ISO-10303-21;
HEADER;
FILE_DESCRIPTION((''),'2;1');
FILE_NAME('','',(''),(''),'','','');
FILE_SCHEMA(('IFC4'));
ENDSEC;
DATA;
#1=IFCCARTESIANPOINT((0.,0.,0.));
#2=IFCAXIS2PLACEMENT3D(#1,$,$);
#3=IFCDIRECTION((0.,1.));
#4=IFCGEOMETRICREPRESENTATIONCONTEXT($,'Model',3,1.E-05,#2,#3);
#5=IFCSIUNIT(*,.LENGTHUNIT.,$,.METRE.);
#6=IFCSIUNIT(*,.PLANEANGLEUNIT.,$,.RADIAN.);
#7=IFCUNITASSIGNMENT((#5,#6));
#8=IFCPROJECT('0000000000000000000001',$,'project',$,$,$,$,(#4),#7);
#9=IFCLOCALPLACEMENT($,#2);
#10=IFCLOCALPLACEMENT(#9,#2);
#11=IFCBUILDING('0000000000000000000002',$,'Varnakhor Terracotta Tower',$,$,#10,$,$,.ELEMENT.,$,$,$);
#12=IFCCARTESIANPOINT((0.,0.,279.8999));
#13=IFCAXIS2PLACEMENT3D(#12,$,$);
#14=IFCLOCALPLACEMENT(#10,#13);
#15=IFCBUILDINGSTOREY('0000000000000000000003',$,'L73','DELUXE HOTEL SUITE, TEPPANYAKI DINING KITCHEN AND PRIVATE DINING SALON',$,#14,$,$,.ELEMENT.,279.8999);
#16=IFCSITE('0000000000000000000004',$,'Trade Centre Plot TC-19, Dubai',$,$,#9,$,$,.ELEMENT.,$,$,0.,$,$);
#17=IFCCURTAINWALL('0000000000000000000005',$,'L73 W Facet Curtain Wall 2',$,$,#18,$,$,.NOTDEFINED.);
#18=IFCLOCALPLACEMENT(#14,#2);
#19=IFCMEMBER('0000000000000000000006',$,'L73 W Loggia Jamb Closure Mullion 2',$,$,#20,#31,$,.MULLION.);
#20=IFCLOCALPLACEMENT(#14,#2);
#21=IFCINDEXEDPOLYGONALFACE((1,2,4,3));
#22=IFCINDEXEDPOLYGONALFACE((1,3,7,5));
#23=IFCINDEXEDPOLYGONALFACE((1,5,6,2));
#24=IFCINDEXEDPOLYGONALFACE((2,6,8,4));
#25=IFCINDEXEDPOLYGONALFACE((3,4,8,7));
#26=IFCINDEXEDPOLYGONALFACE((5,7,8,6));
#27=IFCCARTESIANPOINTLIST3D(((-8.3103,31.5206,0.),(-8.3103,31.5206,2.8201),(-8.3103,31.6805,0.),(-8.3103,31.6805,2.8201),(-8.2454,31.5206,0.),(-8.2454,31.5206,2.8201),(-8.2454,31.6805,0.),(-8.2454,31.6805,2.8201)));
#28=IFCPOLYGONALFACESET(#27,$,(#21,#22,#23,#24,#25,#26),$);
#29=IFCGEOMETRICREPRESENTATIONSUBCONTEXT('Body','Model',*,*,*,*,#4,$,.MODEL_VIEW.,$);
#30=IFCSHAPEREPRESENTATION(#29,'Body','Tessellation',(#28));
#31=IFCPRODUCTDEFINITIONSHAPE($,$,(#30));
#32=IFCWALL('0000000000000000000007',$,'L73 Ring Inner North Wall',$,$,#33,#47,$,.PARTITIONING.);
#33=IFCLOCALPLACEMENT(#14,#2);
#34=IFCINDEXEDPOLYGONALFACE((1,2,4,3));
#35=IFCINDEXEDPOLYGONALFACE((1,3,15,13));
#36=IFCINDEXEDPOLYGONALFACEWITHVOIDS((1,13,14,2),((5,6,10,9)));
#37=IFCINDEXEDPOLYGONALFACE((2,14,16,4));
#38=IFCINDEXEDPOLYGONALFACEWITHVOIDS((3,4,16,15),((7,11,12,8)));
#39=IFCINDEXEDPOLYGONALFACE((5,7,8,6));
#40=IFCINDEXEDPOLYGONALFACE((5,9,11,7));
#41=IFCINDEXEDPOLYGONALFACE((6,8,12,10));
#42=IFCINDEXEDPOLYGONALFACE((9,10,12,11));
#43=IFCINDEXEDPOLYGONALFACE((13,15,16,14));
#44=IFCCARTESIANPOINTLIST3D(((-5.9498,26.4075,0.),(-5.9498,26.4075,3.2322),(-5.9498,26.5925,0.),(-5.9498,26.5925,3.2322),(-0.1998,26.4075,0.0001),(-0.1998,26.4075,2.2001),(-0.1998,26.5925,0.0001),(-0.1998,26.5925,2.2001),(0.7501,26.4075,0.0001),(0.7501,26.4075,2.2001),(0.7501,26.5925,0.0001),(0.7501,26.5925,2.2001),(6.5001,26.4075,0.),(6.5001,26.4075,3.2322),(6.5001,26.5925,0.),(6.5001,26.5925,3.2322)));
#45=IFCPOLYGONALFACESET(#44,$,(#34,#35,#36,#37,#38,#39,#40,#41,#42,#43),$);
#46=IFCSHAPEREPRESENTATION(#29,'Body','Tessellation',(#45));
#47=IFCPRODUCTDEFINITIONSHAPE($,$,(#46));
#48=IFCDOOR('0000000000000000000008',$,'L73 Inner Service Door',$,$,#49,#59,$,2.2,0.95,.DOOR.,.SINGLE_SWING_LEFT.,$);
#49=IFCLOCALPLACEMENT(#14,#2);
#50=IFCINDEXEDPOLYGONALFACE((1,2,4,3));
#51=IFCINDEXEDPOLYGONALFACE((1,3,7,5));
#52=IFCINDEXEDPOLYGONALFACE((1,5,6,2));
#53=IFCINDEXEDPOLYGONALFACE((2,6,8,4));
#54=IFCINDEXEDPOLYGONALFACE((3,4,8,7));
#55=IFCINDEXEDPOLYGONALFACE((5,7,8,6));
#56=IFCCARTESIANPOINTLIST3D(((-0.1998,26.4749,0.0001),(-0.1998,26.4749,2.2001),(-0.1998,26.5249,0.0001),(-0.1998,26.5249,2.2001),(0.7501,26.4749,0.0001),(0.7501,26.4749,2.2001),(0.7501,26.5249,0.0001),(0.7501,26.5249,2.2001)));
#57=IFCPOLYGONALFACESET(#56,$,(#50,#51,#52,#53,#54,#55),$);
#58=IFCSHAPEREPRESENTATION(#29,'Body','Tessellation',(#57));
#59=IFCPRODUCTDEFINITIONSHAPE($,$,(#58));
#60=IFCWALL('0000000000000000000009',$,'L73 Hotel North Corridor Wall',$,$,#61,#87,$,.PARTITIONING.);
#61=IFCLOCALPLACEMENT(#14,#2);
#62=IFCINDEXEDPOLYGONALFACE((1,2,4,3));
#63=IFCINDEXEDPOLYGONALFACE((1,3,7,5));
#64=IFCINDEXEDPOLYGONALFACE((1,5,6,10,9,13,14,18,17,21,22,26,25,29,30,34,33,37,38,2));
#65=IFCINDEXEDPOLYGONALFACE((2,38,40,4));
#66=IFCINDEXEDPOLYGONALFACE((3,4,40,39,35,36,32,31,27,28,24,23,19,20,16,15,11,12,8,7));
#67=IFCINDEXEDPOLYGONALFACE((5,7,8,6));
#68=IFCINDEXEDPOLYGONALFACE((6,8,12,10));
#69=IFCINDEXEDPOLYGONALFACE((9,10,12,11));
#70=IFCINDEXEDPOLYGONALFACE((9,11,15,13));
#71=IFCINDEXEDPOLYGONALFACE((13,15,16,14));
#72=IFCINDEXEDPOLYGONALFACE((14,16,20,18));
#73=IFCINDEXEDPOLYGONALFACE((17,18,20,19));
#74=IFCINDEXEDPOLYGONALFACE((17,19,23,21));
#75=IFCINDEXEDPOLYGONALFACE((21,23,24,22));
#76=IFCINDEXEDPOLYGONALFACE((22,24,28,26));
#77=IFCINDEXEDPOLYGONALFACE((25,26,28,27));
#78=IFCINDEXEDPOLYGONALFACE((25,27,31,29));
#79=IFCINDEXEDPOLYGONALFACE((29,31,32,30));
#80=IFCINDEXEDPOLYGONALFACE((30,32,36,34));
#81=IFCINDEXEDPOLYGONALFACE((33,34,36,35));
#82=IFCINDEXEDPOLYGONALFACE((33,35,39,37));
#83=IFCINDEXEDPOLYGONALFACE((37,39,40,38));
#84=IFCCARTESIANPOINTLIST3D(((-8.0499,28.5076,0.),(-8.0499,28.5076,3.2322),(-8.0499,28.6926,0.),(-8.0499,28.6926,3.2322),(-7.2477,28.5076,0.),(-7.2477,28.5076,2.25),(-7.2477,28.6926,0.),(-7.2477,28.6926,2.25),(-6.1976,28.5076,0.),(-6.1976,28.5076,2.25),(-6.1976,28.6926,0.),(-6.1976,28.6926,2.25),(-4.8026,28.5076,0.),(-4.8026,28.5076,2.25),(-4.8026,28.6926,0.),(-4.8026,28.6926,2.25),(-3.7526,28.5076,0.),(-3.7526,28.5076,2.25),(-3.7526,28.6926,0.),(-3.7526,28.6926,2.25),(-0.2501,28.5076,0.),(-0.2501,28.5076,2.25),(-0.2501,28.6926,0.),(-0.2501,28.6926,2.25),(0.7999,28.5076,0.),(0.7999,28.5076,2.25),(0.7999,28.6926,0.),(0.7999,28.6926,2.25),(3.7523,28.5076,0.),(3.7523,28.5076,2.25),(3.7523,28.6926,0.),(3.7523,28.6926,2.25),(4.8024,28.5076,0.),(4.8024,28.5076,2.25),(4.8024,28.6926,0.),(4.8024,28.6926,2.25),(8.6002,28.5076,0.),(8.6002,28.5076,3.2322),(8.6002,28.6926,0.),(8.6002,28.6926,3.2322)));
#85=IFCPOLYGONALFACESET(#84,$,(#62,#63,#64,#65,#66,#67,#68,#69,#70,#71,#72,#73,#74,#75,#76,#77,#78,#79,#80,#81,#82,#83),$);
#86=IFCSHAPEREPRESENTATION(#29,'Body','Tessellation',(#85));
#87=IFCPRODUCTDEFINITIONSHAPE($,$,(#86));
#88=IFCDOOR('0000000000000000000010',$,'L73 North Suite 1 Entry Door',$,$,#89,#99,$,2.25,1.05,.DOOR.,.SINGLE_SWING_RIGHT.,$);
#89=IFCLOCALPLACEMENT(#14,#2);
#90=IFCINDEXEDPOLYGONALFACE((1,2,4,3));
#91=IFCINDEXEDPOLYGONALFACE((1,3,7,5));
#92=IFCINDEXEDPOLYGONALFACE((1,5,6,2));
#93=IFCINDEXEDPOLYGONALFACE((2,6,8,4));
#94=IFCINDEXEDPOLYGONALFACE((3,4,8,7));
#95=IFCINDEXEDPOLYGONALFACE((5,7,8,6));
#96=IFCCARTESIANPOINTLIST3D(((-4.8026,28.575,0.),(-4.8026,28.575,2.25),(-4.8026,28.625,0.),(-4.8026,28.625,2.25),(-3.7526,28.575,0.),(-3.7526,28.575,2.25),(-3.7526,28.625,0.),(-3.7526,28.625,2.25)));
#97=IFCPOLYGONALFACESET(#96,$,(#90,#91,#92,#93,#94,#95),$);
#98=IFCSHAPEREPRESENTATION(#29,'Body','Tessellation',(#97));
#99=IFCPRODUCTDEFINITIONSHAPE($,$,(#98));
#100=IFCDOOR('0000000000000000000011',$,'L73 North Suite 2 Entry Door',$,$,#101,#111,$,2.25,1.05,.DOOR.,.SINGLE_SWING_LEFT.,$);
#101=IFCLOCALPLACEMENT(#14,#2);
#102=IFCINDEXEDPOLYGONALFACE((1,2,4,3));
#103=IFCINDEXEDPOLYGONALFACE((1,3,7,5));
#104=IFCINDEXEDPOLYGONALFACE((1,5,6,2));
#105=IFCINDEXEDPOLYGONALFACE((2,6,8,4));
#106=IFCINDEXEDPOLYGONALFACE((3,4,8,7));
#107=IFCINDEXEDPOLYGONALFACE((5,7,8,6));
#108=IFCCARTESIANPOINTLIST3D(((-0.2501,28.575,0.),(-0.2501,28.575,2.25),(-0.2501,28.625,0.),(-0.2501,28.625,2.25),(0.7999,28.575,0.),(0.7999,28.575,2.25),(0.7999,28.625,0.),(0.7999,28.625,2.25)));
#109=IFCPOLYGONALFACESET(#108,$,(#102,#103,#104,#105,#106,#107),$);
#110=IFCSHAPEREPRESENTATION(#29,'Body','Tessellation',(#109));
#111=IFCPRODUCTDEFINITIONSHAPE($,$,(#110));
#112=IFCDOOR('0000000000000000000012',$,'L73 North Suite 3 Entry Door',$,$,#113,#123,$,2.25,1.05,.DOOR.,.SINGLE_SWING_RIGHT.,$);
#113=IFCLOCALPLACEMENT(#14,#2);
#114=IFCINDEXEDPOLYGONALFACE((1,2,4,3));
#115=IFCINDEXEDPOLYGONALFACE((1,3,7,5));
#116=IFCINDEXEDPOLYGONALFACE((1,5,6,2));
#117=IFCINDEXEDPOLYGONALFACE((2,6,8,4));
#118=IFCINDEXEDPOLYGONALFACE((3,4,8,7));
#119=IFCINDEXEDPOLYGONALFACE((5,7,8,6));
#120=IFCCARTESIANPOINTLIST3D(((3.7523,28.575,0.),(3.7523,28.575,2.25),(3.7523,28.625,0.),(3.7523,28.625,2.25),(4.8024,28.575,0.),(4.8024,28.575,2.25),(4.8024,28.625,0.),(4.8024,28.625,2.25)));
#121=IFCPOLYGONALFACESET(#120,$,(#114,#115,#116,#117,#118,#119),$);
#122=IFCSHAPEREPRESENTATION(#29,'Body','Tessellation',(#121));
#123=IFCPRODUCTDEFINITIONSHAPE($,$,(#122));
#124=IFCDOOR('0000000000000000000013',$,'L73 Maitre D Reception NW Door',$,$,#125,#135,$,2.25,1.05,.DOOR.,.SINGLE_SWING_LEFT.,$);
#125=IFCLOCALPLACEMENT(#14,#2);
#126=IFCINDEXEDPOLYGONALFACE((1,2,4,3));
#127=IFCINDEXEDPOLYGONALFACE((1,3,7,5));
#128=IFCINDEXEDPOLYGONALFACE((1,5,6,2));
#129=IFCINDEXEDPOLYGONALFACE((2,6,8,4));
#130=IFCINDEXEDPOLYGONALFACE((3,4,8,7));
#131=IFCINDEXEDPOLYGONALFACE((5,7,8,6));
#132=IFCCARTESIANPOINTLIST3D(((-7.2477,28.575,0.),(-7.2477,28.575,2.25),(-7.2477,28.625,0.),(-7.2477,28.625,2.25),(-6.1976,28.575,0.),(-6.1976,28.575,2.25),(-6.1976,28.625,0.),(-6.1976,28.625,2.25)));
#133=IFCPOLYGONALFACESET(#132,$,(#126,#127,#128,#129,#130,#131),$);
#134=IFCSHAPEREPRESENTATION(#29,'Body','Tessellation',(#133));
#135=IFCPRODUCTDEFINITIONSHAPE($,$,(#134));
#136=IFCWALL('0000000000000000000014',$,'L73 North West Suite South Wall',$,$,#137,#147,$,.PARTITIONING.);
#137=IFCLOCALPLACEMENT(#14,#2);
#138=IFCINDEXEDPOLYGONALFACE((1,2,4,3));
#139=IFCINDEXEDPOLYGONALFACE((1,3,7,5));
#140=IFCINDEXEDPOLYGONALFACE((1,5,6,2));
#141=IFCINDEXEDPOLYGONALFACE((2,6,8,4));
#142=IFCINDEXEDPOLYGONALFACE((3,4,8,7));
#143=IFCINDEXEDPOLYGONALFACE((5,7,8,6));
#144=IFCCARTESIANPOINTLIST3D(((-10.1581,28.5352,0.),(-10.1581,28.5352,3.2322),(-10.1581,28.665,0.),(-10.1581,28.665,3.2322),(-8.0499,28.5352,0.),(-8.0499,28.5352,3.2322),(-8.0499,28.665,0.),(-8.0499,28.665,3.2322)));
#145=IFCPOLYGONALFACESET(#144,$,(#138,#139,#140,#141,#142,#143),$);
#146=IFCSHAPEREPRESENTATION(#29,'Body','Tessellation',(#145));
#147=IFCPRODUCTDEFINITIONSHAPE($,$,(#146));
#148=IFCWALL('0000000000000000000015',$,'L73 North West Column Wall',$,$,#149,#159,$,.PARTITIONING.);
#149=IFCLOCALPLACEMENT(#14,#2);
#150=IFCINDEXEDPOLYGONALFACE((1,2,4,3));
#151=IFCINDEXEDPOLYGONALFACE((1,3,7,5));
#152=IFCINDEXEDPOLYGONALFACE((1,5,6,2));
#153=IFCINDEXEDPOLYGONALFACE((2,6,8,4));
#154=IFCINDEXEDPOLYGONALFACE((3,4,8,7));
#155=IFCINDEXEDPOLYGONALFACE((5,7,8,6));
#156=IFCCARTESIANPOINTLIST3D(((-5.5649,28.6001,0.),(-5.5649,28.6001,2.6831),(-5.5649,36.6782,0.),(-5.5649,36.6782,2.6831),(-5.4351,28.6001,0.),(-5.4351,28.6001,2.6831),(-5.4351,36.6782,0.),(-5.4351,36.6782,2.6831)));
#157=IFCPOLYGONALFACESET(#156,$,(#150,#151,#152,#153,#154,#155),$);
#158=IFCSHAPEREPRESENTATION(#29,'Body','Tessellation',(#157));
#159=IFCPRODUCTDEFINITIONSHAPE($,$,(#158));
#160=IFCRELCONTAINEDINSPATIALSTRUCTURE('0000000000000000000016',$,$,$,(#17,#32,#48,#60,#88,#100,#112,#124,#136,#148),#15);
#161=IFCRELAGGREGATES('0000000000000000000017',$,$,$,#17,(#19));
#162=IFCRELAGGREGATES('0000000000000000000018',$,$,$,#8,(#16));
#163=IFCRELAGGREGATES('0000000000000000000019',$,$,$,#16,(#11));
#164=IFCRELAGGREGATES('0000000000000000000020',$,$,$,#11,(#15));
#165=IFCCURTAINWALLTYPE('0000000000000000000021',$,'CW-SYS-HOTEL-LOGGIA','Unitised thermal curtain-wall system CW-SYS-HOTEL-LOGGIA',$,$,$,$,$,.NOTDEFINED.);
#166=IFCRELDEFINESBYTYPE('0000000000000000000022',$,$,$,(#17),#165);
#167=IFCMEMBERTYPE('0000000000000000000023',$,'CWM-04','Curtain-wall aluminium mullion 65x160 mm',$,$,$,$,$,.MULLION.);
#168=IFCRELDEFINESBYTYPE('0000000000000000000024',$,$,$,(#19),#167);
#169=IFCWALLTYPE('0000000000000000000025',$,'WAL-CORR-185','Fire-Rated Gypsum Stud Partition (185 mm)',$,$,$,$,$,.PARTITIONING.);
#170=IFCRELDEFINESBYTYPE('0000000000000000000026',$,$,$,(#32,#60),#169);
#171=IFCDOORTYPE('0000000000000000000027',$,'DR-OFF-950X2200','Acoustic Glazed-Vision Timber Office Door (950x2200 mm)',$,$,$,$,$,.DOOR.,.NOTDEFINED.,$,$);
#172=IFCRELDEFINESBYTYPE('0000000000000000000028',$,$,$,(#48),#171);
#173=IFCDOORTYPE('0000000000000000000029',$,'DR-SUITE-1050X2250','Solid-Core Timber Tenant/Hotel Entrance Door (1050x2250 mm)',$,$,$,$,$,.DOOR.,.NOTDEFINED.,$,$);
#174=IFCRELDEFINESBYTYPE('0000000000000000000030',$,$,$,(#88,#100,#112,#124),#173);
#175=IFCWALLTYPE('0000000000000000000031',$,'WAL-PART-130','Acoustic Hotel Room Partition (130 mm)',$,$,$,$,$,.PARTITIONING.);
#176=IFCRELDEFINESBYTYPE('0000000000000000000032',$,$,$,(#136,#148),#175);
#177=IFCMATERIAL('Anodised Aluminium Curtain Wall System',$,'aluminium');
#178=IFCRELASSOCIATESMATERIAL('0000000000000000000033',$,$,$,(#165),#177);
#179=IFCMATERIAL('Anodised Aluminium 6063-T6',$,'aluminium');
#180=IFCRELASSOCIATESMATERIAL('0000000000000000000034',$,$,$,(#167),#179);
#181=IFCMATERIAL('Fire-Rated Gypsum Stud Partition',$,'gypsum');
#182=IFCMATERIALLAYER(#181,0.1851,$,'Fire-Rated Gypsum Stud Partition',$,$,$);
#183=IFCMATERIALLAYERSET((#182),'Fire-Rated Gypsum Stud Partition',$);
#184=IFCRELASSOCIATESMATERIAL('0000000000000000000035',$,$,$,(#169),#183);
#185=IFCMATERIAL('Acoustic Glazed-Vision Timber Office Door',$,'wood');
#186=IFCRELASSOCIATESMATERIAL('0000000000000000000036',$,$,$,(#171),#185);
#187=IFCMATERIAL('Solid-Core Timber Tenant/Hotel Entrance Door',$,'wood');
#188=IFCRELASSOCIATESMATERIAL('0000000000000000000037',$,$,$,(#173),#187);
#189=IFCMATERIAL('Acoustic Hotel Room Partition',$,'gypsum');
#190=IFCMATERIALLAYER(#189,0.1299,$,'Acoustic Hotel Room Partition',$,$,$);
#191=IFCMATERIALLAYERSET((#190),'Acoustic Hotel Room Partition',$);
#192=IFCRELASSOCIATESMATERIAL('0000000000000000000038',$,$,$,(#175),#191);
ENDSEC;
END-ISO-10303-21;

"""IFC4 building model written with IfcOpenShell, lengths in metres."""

from ifc_helpers import new_model, si_unit, direction, frame, frame_2d, origin, origin_2d, place, context, subcontext, project, spatial, rectangle, extrude, source, transform, mapped, material, layer, layer_set, material_profile, profile_set, type_object, type_shapes, element, fill, aggregate, save


model = new_model("IFC4")

# Units and contexts
model_context = context("Model", 3, precision=1e-05, world=origin(), true_north=direction((0.0, 1.0)))
body_context = subcontext(model_context, "Body", "Model", "MODEL_VIEW")
ifc_project = project(units=[si_unit("LENGTHUNIT", "METRE"), si_unit("PLANEANGLEUNIT", "RADIAN")], contexts=[model_context])

# Site, building, storey
site_placement = place(None, origin())
site = spatial("IfcSite", under=ifc_project, at=site_placement, Name="Trade Centre Plot TC-19, Dubai", CompositionType="ELEMENT", RefElevation=0.0)
building_placement = place(site_placement, origin())
building = spatial("IfcBuilding", under=site, at=building_placement, Name="Varnakhor Terracotta Tower", CompositionType="ELEMENT")
storey_placement = place(building_placement, frame((0.0, 0.0, 279.8999)))
storey = spatial("IfcBuildingStorey", under=building, at=storey_placement, Name="L73", Description="DELUXE HOTEL SUITE, TEPPANYAKI DINING KITCHEN AND PRIVATE DINING SALON", CompositionType="ELEMENT", Elevation=279.8999)

# Curtain wall, member
ifc_material_1 = material(Name="Anodised Aluminium Curtain Wall System", Category="aluminium")
curtain_wall_type = type_object("IfcCurtainWallType", Name="CW-SYS-HOTEL-LOGGIA", Description="Unitised thermal curtain-wall system CW-SYS-HOTEL-LOGGIA", PredefinedType="NOTDEFINED", material=ifc_material_1)
curtain_wall_placement = place(storey_placement, origin())
curtain_wall = element("IfcCurtainWall", 1, at=curtain_wall_placement, inside=storey, type_object=curtain_wall_type, Name="L73 W Facet Curtain Wall 2", PredefinedType="NOTDEFINED")
ifc_material_2 = material(Name="Anodised Aluminium 6063-T6", Category="aluminium")
ifc_material_profile_1 = material_profile(ifc_material_2, rectangle(XDim=0.0649, YDim=0.1599, at=origin_2d()), Name="ALU MULLION 65x160")
ifc_profile_set_1 = profile_set([ifc_material_profile_1], Name="Anodised Aluminium 6063-T6")
member_type = type_object("IfcMemberType", Name="CWM-04", Description="Curtain-wall aluminium mullion 65x160 mm", PredefinedType="MULLION", material=ifc_profile_set_1)
shared_shape_1 = source(origin(), body_context, "Body", "SweptSolid", [
    extrude(rectangle(XDim=0.0649, YDim=0.1599, at=origin_2d()), origin(), (0.0, 0.0, 1.0), 2.8201),
])
type_shapes(member_type, [shared_shape_1])
member_placement = place(storey_placement, frame((-8.2778, 31.6006, 0.0), z_axis=(0.0, 0.0, 1.0), x_axis=(1.0, 0.0, 0.0)))
member = element("IfcMember", 2, at=member_placement, type_object=member_type, Name="L73 W Loggia Jamb Closure Mullion 2", PredefinedType="MULLION", context=body_context, shape_type="MappedRepresentation", body=[
    mapped(shared_shape_1, transform((0.0, 0.0, 0.0), scale=1.0)),
])
aggregate(curtain_wall, [member])

# Wall, opening, door
ifc_material_3 = material(Name="Fire-Rated Gypsum Stud Partition", Category="gypsum")
ifc_layer_1 = layer(ifc_material_3, 0.1851, Name="Fire-Rated Gypsum Stud Partition")
ifc_layer_set_1 = layer_set([ifc_layer_1], Name="Fire-Rated Gypsum Stud Partition")
wall_type_1 = type_object("IfcWallType", Name="WAL-CORR-185", Description="Fire-Rated Gypsum Stud Partition (185 mm)", PredefinedType="PARTITIONING", material=ifc_layer_set_1)
wall_1_placement = place(storey_placement, frame((-5.95, 26.5, 0.0), z_axis=(0.0, 0.0, 1.0), x_axis=(1.0, 0.0, 0.0)))
wall_1 = element("IfcWall", 3, at=wall_1_placement, inside=storey, type_object=wall_type_1, Name="L73 Ring Inner North Wall", PredefinedType="PARTITIONING", context=body_context, shape_type="SweptSolid", body=[
    extrude(rectangle(XDim=12.45, YDim=0.1851, at=frame_2d((6.2251, 0.0))), origin(), (0.0, 0.0, 1.0), 3.2322),
])
opening_1_placement = place(wall_1_placement, frame((5.75, 0.0, 0.0)))
opening_1 = element("IfcOpeningElement", 4, at=opening_1_placement, cuts=wall_1, PredefinedType="OPENING", context=body_context, shape_type="SweptSolid", body=[
    extrude(rectangle(XDim=0.95, YDim=2.2, at=frame_2d((0.4751, 1.1001))), frame((0.0, 0.1025, 0.0), z_axis=(0.0, -1.0, 0.0), x_axis=(1.0, 0.0, 0.0)), (0.0, 0.0, 1.0), 0.2051),
])
ifc_material_4 = material(Name="Acoustic Glazed-Vision Timber Office Door", Category="wood")
door_type_1 = type_object("IfcDoorType", Name="DR-OFF-950X2200", Description="Acoustic Glazed-Vision Timber Office Door (950x2200 mm)", OperationType="NOTDEFINED", PredefinedType="DOOR", material=ifc_material_4)
shared_shape_2 = source(origin(), body_context, "Body", "SweptSolid", [
    extrude(rectangle(XDim=0.95, YDim=2.2, at=frame_2d((0.4751, 1.1001))), frame((0.0, 0.0249, 0.0), z_axis=(0.0, -1.0, 0.0), x_axis=(1.0, 0.0, 0.0)), (0.0, 0.0, 1.0), 0.05),
])
type_shapes(door_type_1, [shared_shape_2])
door_1_placement = place(opening_1_placement, origin())
door_1 = element("IfcDoor", 5, at=door_1_placement, inside=storey, type_object=door_type_1, Name="L73 Inner Service Door", OperationType="SINGLE_SWING_LEFT", OverallHeight=2.2, OverallWidth=0.95, PredefinedType="DOOR", context=body_context, shape_type="MappedRepresentation", body=[
    mapped(shared_shape_2, transform((0.0, 0.0, 0.0), scale=1.0)),
])
fill(opening_1, door_1)

# Wall, openings, doors
wall_2_placement = place(storey_placement, frame((-8.05, 28.6001, 0.0), z_axis=(0.0, 0.0, 1.0), x_axis=(1.0, 0.0, 0.0)))
wall_2 = element("IfcWall", 6, at=wall_2_placement, inside=storey, type_object=wall_type_1, Name="L73 Hotel North Corridor Wall", PredefinedType="PARTITIONING", context=body_context, shape_type="SweptSolid", body=[
    extrude(rectangle(XDim=16.6501, YDim=0.1851, at=frame_2d((8.3252, 0.0))), origin(), (0.0, 0.0, 1.0), 3.2322),
])
opening_2_placement = place(wall_2_placement, frame((3.2476, 0.0, 0.0)))
opening_2 = element("IfcOpeningElement", 7, at=opening_2_placement, cuts=wall_2, PredefinedType="OPENING", context=body_context, shape_type="SweptSolid", body=[
    extrude(rectangle(XDim=1.05, YDim=2.25, at=frame_2d((0.5249, 1.125))), frame((0.0, 0.1025, 0.0), z_axis=(0.0, -1.0, 0.0), x_axis=(1.0, 0.0, 0.0)), (0.0, 0.0, 1.0), 0.2051),
])
opening_3_placement = place(wall_2_placement, frame((7.8, 0.0, 0.0)))
opening_3 = element("IfcOpeningElement", 8, at=opening_3_placement, cuts=wall_2, PredefinedType="OPENING", context=body_context, shape_type="SweptSolid", body=[
    extrude(rectangle(XDim=1.05, YDim=2.25, at=frame_2d((0.5249, 1.125))), frame((0.0, 0.1025, 0.0), z_axis=(0.0, -1.0, 0.0), x_axis=(1.0, 0.0, 0.0)), (0.0, 0.0, 1.0), 0.2051),
])
opening_4_placement = place(wall_2_placement, frame((11.8025, 0.0, 0.0)))
opening_4 = element("IfcOpeningElement", 9, at=opening_4_placement, cuts=wall_2, PredefinedType="OPENING", context=body_context, shape_type="SweptSolid", body=[
    extrude(rectangle(XDim=1.05, YDim=2.25, at=frame_2d((0.5249, 1.125))), frame((0.0, 0.1025, 0.0), z_axis=(0.0, -1.0, 0.0), x_axis=(1.0, 0.0, 0.0)), (0.0, 0.0, 1.0), 0.2051),
])
opening_5_placement = place(wall_2_placement, frame((0.8025, 0.0, 0.0)))
opening_5 = element("IfcOpeningElement", 10, at=opening_5_placement, cuts=wall_2, PredefinedType="OPENING", context=body_context, shape_type="SweptSolid", body=[
    extrude(rectangle(XDim=1.05, YDim=2.25, at=frame_2d((0.5249, 1.125))), frame((0.0, 0.1025, 0.0), z_axis=(0.0, -1.0, 0.0), x_axis=(1.0, 0.0, 0.0)), (0.0, 0.0, 1.0), 0.2051),
])
ifc_material_5 = material(Name="Solid-Core Timber Tenant/Hotel Entrance Door", Category="wood")
door_type_2 = type_object("IfcDoorType", Name="DR-SUITE-1050X2250", Description="Solid-Core Timber Tenant/Hotel Entrance Door (1050x2250 mm)", OperationType="NOTDEFINED", PredefinedType="DOOR", material=ifc_material_5)
shared_shape_3 = source(origin(), body_context, "Body", "SweptSolid", [
    extrude(rectangle(XDim=1.05, YDim=2.25, at=frame_2d((0.5249, 1.125))), frame((0.0, 0.0249, 0.0), z_axis=(0.0, -1.0, 0.0), x_axis=(1.0, 0.0, 0.0)), (0.0, 0.0, 1.0), 0.05),
])
type_shapes(door_type_2, [shared_shape_3])
door_2_placement = place(opening_2_placement, origin())
door_2 = element("IfcDoor", 11, at=door_2_placement, inside=storey, type_object=door_type_2, Name="L73 North Suite 1 Entry Door", OperationType="SINGLE_SWING_RIGHT", OverallHeight=2.25, OverallWidth=1.05, PredefinedType="DOOR", context=body_context, shape_type="MappedRepresentation", body=[
    mapped(shared_shape_3, transform((0.0, 0.0, 0.0), scale=1.0)),
])
fill(opening_2, door_2)
door_3_placement = place(opening_3_placement, origin())
door_3 = element("IfcDoor", 12, at=door_3_placement, inside=storey, type_object=door_type_2, Name="L73 North Suite 2 Entry Door", OperationType="SINGLE_SWING_LEFT", OverallHeight=2.25, OverallWidth=1.05, PredefinedType="DOOR", context=body_context, shape_type="MappedRepresentation", body=[
    mapped(shared_shape_3, transform((0.0, 0.0, 0.0), scale=1.0)),
])
fill(opening_3, door_3)
door_4_placement = place(opening_4_placement, origin())
door_4 = element("IfcDoor", 13, at=door_4_placement, inside=storey, type_object=door_type_2, Name="L73 North Suite 3 Entry Door", OperationType="SINGLE_SWING_RIGHT", OverallHeight=2.25, OverallWidth=1.05, PredefinedType="DOOR", context=body_context, shape_type="MappedRepresentation", body=[
    mapped(shared_shape_3, transform((0.0, 0.0, 0.0), scale=1.0)),
])
fill(opening_4, door_4)
door_5_placement = place(opening_5_placement, origin())
door_5 = element("IfcDoor", 14, at=door_5_placement, inside=storey, type_object=door_type_2, Name="L73 Maitre D Reception NW Door", OperationType="SINGLE_SWING_LEFT", OverallHeight=2.25, OverallWidth=1.05, PredefinedType="DOOR", context=body_context, shape_type="MappedRepresentation", body=[
    mapped(shared_shape_3, transform((0.0, 0.0, 0.0), scale=1.0)),
])
fill(opening_5, door_5)

# Walls
ifc_material_6 = material(Name="Acoustic Hotel Room Partition", Category="gypsum")
ifc_layer_2 = layer(ifc_material_6, 0.1299, Name="Acoustic Hotel Room Partition")
ifc_layer_set_2 = layer_set([ifc_layer_2], Name="Acoustic Hotel Room Partition")
wall_type_2 = type_object("IfcWallType", Name="WAL-PART-130", Description="Acoustic Hotel Room Partition (130 mm)", PredefinedType="PARTITIONING", material=ifc_layer_set_2)
wall_3_placement = place(storey_placement, frame((-10.1582, 28.6001, 0.0), z_axis=(0.0, 0.0, 1.0), x_axis=(1.0, 0.0, 0.0)))
element("IfcWall", 15, at=wall_3_placement, inside=storey, type_object=wall_type_2, Name="L73 North West Suite South Wall", PredefinedType="PARTITIONING", context=body_context, shape_type="SweptSolid", body=[
    extrude(rectangle(XDim=2.1082, YDim=0.1299, at=frame_2d((1.0542, 0.0))), origin(), (0.0, 0.0, 1.0), 3.2322),
])
wall_4_placement = place(storey_placement, frame((-5.5, 28.6001, 0.0), z_axis=(0.0, 0.0, 1.0), x_axis=(0.0, 1.0, 0.0)))
element("IfcWall", 16, at=wall_4_placement, inside=storey, type_object=wall_type_2, Name="L73 North West Column Wall", PredefinedType="PARTITIONING", context=body_context, shape_type="SweptSolid", body=[
    extrude(rectangle(XDim=8.0781, YDim=0.1299, at=frame_2d((4.0391, 0.0))), origin(), (0.0, 0.0, 1.0), 2.6831),
])

save(model, "model.ifc")
